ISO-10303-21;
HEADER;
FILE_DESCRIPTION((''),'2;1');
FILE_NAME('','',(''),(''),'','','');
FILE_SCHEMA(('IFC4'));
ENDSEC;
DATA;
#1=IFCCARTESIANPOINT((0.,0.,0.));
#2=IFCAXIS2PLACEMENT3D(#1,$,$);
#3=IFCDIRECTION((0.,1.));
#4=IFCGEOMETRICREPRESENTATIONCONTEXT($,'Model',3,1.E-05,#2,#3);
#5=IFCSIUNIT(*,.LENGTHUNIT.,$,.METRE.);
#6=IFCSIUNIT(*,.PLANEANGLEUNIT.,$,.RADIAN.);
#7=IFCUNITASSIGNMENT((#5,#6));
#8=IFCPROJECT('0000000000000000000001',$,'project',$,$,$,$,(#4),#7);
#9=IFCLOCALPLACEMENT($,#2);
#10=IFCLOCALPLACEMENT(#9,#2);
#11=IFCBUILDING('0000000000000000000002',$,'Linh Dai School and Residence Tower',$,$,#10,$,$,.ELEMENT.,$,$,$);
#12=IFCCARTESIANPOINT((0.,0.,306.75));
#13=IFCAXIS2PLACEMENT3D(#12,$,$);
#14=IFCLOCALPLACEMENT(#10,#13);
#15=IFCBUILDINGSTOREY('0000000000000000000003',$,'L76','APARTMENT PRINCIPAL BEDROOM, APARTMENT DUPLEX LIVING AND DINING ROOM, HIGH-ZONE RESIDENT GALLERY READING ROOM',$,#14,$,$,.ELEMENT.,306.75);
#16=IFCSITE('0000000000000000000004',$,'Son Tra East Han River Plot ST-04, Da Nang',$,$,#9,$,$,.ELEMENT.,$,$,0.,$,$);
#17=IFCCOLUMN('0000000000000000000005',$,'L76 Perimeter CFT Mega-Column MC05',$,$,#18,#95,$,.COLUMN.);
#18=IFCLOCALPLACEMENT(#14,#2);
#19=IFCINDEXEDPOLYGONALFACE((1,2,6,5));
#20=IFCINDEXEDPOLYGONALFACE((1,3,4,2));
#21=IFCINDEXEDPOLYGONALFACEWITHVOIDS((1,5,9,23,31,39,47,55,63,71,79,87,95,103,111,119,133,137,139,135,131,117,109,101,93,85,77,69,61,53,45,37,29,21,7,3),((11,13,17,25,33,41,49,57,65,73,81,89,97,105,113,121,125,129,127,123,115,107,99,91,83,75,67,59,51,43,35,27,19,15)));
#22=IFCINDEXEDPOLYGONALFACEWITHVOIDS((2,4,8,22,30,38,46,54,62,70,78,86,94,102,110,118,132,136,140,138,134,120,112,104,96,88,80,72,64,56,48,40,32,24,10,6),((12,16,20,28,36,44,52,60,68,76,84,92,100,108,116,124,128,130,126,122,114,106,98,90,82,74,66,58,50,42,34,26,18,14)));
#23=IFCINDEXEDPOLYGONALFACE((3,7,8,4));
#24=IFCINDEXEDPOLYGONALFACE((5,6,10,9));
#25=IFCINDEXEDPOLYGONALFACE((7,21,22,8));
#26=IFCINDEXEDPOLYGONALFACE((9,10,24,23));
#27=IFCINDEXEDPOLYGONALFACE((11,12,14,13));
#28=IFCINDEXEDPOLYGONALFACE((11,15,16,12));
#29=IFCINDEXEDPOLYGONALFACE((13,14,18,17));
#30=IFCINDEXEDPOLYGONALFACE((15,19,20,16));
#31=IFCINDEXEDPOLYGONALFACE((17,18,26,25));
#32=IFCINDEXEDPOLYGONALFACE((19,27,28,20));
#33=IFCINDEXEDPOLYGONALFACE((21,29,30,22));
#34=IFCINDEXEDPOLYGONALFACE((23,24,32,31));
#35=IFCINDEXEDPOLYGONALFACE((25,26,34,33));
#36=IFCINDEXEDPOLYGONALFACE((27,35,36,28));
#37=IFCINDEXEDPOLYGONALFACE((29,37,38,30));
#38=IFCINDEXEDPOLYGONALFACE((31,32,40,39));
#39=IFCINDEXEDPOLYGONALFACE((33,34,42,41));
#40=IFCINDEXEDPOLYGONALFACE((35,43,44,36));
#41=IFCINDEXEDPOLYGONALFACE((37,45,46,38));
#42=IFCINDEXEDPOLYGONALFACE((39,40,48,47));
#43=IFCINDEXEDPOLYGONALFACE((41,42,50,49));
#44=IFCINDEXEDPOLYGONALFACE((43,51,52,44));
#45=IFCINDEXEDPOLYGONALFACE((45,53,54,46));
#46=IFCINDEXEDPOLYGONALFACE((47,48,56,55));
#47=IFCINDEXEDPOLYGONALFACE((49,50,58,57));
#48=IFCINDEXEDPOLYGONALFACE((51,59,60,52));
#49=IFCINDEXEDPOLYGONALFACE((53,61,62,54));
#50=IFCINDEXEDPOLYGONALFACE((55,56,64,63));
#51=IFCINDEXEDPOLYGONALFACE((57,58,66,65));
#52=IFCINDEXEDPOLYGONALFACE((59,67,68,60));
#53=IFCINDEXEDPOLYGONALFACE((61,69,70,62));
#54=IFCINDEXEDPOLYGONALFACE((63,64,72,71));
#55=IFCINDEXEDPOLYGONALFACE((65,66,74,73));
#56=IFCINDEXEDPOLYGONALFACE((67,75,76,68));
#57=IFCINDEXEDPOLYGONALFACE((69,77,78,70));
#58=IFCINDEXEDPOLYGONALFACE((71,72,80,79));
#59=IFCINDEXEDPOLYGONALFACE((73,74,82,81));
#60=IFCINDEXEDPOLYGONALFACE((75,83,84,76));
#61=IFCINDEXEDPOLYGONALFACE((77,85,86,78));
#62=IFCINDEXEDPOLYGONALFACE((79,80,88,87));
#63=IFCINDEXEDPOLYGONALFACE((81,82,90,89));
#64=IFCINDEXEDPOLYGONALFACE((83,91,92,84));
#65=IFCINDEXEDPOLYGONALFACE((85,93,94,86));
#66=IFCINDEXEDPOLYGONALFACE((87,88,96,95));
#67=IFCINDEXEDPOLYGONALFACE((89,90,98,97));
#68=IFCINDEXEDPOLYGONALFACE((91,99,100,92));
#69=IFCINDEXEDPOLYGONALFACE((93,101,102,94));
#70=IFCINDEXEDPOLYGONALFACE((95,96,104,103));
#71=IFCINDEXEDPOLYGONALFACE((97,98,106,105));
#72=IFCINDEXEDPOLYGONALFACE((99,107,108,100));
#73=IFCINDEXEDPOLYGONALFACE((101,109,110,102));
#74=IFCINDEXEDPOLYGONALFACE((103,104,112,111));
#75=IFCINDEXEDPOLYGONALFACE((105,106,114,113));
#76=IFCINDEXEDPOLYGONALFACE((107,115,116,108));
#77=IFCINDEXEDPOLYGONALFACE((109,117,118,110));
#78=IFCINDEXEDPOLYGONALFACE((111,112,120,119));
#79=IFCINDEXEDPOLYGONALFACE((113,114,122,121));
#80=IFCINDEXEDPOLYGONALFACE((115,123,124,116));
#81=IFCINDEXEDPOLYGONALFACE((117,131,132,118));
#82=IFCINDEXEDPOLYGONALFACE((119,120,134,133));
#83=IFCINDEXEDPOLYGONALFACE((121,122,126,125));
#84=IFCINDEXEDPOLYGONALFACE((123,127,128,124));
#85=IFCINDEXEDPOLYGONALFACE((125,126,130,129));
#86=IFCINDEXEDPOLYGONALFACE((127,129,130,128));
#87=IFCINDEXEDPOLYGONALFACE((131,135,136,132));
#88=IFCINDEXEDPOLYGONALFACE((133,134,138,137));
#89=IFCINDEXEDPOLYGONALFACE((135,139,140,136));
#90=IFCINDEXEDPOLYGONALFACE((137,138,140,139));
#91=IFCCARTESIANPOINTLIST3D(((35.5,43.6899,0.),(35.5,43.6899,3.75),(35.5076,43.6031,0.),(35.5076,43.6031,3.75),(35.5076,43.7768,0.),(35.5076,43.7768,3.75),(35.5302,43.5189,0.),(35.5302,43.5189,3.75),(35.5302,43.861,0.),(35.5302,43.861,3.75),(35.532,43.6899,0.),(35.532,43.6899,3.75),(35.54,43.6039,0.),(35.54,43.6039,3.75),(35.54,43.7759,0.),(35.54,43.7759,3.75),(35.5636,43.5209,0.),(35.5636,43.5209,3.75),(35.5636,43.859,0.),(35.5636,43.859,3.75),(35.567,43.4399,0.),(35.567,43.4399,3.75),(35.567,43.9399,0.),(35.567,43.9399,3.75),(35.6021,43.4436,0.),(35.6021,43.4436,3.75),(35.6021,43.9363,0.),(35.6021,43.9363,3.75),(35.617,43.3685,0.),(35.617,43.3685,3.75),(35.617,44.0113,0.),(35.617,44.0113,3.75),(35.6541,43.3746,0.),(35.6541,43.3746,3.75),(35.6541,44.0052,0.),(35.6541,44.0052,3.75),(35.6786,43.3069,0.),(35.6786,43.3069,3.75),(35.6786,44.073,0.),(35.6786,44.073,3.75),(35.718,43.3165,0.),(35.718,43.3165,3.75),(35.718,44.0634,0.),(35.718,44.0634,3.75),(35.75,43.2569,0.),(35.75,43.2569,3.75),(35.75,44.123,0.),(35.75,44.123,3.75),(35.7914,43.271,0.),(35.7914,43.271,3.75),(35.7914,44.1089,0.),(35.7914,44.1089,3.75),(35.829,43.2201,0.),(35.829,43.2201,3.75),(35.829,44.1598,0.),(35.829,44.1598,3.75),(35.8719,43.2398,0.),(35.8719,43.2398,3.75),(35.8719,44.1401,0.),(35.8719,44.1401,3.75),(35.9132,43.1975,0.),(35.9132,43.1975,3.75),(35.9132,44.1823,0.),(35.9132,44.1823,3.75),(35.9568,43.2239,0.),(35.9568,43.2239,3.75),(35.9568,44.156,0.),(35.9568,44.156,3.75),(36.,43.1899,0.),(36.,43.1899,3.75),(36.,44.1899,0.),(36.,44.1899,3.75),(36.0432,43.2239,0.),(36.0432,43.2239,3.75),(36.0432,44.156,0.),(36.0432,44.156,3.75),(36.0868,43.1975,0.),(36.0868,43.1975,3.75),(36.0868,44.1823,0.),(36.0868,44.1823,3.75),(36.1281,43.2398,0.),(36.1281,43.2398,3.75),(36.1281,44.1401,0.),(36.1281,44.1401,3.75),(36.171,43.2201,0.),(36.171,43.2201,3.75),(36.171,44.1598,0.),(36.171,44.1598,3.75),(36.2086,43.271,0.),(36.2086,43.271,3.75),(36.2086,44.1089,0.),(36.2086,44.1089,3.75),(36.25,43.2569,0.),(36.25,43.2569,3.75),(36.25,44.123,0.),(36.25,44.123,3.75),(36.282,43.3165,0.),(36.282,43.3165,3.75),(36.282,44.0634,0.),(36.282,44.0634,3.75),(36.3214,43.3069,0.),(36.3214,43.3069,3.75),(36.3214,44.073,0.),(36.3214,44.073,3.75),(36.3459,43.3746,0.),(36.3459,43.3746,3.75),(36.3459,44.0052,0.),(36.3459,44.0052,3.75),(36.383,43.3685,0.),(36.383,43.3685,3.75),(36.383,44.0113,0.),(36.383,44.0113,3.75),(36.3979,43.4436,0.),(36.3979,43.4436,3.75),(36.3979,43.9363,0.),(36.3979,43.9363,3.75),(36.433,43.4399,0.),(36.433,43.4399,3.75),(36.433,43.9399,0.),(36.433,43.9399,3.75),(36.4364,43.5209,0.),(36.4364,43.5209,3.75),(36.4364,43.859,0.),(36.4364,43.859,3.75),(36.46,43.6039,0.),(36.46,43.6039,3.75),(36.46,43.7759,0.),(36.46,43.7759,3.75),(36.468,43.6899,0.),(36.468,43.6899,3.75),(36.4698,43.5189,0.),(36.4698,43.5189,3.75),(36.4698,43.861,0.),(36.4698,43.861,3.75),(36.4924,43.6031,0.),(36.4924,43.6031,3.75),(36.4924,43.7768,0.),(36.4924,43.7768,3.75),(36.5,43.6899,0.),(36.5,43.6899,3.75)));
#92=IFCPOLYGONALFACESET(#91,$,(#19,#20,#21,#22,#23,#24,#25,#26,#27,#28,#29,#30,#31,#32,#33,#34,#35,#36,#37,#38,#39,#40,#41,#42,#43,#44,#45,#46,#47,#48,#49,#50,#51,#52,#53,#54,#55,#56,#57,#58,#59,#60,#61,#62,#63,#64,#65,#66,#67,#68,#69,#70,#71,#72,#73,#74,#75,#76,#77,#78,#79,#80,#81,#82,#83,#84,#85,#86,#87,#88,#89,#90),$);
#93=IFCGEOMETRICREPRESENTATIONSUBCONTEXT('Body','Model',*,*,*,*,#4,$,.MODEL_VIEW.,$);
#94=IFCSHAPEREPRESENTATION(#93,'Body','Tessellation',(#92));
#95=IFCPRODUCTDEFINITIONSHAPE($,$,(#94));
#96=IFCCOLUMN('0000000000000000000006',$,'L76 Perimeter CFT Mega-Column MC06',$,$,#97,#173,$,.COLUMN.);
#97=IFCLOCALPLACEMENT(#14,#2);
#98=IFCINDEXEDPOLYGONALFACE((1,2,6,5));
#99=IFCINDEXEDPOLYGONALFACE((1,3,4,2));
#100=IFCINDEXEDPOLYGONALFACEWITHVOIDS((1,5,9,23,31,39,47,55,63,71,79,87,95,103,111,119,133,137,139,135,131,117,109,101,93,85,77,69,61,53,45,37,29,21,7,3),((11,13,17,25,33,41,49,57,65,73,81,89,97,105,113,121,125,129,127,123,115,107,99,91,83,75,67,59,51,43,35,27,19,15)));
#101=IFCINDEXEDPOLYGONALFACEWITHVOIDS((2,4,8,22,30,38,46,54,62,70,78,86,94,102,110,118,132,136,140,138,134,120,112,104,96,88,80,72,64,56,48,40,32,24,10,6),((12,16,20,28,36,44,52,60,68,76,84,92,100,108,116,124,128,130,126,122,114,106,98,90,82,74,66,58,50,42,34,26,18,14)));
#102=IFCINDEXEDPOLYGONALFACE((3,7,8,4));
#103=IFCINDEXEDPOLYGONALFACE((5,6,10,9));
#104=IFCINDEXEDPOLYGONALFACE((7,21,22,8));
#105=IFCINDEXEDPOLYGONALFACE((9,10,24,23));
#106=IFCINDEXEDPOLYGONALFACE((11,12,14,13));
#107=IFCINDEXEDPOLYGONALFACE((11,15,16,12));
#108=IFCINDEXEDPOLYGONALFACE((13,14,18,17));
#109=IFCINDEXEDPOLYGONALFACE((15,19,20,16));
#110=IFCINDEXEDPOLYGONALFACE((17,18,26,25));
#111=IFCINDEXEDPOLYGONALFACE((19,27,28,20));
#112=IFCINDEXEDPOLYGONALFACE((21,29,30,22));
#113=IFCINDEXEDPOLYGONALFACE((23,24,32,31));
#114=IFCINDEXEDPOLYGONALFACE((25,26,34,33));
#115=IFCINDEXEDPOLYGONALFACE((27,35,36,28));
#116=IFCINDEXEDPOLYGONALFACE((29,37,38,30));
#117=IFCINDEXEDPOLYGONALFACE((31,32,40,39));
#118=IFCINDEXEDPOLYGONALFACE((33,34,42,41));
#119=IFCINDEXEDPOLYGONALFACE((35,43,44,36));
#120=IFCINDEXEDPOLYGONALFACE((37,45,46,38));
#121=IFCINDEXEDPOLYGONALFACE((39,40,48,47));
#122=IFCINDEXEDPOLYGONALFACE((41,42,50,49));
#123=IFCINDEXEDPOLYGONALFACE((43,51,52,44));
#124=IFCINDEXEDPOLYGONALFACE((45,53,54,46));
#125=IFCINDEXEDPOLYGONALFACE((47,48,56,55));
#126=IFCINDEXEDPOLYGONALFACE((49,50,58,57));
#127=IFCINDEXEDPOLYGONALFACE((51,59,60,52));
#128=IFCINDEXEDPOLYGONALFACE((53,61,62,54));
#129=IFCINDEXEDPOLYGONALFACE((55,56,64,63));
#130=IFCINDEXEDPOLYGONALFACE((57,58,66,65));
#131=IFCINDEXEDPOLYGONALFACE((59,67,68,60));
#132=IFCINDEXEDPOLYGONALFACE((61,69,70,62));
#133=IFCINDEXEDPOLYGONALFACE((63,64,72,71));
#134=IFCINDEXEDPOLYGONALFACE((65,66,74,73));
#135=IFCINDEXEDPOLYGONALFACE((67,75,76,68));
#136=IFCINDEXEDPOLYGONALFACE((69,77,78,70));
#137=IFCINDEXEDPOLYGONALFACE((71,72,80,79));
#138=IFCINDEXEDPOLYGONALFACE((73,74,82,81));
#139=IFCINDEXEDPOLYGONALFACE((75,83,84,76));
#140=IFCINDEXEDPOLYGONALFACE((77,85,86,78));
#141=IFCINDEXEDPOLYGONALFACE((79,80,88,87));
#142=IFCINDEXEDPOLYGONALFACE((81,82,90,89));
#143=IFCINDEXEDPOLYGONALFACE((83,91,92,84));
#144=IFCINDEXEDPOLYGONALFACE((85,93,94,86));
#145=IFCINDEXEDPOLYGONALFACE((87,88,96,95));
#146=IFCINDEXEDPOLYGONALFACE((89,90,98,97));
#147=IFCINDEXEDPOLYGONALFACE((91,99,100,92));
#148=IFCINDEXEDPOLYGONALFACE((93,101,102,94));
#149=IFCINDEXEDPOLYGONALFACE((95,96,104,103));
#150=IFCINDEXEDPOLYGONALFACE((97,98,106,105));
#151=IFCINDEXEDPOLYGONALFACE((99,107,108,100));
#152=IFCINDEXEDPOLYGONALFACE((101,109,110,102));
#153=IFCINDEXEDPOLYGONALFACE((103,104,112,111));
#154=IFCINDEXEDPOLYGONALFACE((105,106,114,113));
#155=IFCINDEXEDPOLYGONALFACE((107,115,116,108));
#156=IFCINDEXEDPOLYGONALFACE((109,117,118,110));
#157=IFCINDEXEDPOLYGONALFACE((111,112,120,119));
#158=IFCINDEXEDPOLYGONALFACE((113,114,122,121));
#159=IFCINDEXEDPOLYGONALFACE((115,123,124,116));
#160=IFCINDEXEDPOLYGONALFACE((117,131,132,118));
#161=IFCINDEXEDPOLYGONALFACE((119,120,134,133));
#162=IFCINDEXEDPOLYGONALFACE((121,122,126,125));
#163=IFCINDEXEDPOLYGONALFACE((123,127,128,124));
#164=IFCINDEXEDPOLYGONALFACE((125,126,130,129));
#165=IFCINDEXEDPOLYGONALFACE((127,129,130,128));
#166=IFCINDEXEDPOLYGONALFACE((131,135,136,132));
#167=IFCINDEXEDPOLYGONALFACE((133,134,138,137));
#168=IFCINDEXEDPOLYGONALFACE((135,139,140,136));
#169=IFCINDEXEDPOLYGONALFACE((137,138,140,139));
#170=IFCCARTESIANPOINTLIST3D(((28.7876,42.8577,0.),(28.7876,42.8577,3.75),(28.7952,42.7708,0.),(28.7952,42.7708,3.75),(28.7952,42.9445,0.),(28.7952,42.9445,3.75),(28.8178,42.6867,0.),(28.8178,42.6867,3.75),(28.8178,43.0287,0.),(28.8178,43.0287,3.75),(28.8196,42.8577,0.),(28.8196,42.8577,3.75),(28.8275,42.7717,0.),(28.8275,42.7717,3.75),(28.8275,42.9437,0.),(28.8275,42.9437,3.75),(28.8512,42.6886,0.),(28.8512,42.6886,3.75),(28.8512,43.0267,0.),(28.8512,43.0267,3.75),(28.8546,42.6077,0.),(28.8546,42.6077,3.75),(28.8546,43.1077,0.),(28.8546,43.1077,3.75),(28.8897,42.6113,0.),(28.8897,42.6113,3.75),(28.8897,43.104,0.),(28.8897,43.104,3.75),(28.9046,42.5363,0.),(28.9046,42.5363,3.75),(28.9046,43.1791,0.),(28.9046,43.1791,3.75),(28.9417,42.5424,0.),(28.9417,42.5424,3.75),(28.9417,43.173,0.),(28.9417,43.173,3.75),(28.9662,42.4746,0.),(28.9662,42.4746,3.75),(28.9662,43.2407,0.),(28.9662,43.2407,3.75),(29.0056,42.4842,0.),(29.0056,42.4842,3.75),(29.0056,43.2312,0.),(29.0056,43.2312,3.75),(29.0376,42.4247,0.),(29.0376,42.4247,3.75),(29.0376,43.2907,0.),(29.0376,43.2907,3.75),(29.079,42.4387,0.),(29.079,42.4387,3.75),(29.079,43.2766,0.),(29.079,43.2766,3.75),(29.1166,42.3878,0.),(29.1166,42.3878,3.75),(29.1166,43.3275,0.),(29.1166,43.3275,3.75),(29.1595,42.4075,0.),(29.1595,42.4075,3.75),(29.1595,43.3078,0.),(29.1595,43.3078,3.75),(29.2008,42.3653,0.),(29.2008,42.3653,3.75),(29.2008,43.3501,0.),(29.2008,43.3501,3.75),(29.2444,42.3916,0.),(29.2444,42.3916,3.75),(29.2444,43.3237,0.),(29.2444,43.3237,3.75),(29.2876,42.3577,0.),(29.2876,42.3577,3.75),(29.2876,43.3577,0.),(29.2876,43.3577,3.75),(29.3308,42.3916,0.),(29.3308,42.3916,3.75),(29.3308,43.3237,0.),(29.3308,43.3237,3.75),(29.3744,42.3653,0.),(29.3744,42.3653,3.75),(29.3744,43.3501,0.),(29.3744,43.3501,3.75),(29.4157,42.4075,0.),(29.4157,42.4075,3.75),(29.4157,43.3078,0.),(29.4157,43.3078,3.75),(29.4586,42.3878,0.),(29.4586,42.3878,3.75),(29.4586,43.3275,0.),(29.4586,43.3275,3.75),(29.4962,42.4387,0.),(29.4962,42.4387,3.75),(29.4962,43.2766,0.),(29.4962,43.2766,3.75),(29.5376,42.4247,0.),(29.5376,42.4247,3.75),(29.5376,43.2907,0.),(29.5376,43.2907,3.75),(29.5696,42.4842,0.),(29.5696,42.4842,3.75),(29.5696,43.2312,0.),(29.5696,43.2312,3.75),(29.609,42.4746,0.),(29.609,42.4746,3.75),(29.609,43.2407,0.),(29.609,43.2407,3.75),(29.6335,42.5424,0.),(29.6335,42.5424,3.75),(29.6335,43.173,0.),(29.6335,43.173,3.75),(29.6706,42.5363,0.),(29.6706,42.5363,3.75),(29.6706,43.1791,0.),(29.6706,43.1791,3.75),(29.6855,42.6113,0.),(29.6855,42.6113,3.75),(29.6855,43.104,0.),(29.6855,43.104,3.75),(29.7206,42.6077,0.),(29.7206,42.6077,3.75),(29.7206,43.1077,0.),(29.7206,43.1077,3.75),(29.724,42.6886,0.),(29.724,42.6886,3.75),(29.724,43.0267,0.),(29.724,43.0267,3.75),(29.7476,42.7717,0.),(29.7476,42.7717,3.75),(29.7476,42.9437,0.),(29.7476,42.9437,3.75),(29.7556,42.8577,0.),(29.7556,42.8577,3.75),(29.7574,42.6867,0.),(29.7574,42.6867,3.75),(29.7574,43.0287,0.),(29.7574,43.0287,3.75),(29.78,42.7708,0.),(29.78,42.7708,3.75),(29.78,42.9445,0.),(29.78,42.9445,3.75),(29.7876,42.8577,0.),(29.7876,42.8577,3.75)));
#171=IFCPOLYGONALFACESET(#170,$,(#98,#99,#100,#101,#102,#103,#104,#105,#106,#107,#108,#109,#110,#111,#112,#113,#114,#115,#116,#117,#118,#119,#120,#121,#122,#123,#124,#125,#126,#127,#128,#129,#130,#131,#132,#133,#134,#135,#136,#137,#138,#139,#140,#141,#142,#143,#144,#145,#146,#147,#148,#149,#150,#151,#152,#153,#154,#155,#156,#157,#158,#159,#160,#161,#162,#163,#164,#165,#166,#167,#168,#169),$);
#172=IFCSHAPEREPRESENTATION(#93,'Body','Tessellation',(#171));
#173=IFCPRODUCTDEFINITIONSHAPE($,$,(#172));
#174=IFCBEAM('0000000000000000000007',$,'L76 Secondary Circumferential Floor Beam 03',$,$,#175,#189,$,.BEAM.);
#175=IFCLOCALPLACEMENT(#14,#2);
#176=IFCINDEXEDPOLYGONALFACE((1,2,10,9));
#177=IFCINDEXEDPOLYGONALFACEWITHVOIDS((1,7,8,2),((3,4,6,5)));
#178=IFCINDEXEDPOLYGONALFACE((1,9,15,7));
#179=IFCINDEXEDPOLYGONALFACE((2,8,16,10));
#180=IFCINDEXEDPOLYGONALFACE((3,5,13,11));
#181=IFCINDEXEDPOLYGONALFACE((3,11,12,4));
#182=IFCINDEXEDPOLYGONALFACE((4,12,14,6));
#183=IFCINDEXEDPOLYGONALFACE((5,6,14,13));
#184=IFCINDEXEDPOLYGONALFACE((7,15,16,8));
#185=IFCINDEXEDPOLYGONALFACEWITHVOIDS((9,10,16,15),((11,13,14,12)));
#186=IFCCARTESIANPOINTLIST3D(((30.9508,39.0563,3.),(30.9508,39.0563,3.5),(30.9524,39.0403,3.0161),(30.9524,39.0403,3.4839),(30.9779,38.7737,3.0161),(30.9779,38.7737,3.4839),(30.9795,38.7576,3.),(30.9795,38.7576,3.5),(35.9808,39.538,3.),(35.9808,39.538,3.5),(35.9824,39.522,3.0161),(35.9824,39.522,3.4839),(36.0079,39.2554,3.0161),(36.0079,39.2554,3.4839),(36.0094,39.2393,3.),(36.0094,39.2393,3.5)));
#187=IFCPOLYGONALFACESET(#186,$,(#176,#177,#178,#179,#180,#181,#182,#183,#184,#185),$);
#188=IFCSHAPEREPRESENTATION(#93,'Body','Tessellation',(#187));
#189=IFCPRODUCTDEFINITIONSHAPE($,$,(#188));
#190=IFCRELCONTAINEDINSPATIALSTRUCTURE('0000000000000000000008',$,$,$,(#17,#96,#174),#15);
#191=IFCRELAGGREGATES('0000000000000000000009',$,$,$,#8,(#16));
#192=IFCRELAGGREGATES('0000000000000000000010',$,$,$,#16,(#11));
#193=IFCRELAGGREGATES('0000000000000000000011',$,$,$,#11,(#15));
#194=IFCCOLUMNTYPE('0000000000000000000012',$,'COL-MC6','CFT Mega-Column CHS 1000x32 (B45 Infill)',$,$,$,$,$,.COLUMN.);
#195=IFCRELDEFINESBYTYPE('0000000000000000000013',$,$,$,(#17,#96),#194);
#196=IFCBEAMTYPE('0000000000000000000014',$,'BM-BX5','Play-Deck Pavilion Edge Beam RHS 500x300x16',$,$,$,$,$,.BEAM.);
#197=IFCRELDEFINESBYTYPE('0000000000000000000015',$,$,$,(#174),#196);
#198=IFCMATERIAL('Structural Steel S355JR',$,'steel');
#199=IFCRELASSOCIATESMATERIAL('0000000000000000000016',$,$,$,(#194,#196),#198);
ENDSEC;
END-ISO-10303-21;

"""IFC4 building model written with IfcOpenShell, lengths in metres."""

from ifc_helpers import new_model, si_unit, direction, frame, origin, origin_2d, place, context, subcontext, project, spatial, hollow_rectangle, hollow_circle, extrude, material, material_profile, profile_set, type_object, element, save


model = new_model("IFC4")

# Units and contexts
model_context = context("Model", 3, precision=1e-05, world=origin(), true_north=direction((0.0, 1.0)))
body_context = subcontext(model_context, "Body", "Model", "MODEL_VIEW")
ifc_project = project(units=[si_unit("LENGTHUNIT", "METRE"), si_unit("PLANEANGLEUNIT", "RADIAN")], contexts=[model_context])

# Site, building, storey
site_placement = place(None, origin())
site = spatial("IfcSite", under=ifc_project, at=site_placement, Name="Son Tra East Han River Plot ST-04, Da Nang", CompositionType="ELEMENT", RefElevation=0.0)
building_placement = place(site_placement, origin())
building = spatial("IfcBuilding", under=site, at=building_placement, Name="Linh Dai School and Residence Tower", CompositionType="ELEMENT")
storey_placement = place(building_placement, frame((0.0, 0.0, 306.75)))
storey = spatial("IfcBuildingStorey", under=building, at=storey_placement, Name="L76", Description="APARTMENT PRINCIPAL BEDROOM, APARTMENT DUPLEX LIVING AND DINING ROOM, HIGH-ZONE RESIDENT GALLERY READING ROOM", CompositionType="ELEMENT", Elevation=306.75)

# Columns
ifc_material_1 = material(Name="Structural Steel S355JR", Category="steel")
ifc_material_profile_1 = material_profile(ifc_material_1, hollow_circle(Radius=0.5, WallThickness=0.032, at=origin_2d()), Name="CHS 1000x32")
ifc_profile_set_1 = profile_set([ifc_material_profile_1], Name="Structural Steel S355JR")
column_type = type_object("IfcColumnType", Name="COL-MC6", Description="CFT Mega-Column CHS 1000x32 (B45 Infill)", PredefinedType="COLUMN", material=ifc_profile_set_1)
for number, where, z_axis, x_axis, name in (
    (1, (36.0, 43.6899, 0.0), (0.0, 0.0, 1.0), (1.0, 0.0, 0.0), "L76 Perimeter CFT Mega-Column MC05"),
    (2, (29.2876, 42.8577, 0.0), (0.0, 0.0, 1.0), (1.0, 0.0, 0.0), "L76 Perimeter CFT Mega-Column MC06"),
):
    element("IfcColumn", number, at=place(storey_placement, frame(where, z_axis=z_axis, x_axis=x_axis)), inside=storey, type_object=column_type, Name=name, PredefinedType="COLUMN", context=body_context, shape_type="SweptSolid", body=[
        extrude(hollow_circle(Radius=0.5, WallThickness=0.032, at=origin_2d()), origin(), (0.0, 0.0, 1.0), 3.75),
    ])

# Beam
ifc_material_profile_2 = material_profile(ifc_material_1, hollow_rectangle(XDim=0.3, YDim=0.5, WallThickness=0.0161, at=origin_2d()), Name="RHS 500x300x16")
ifc_profile_set_2 = profile_set([ifc_material_profile_2], Name="Structural Steel S355JR")
beam_type_1 = type_object("IfcBeamType", Name="BM-BX5", Description="Play-Deck Pavilion Edge Beam RHS 500x300x16", PredefinedType="BEAM", material=ifc_profile_set_2)
beam_1_placement = place(storey_placement, frame((35.9951, 39.3887, 3.25), z_axis=(-0.995446, -0.095327, 0.0), x_axis=(0.095327, -0.995446, 0.0)))
element("IfcBeam", 3, at=beam_1_placement, inside=storey, type_object=beam_type_1, Name="L76 Secondary Circumferential Floor Beam 03", PredefinedType="BEAM", context=body_context, shape_type="SweptSolid", body=[
    extrude(hollow_rectangle(XDim=0.3, YDim=0.5, WallThickness=0.0161, at=origin_2d()), origin(), (0.0, 0.0, 1.0), 5.053),
])

save(model, "model.ifc")
